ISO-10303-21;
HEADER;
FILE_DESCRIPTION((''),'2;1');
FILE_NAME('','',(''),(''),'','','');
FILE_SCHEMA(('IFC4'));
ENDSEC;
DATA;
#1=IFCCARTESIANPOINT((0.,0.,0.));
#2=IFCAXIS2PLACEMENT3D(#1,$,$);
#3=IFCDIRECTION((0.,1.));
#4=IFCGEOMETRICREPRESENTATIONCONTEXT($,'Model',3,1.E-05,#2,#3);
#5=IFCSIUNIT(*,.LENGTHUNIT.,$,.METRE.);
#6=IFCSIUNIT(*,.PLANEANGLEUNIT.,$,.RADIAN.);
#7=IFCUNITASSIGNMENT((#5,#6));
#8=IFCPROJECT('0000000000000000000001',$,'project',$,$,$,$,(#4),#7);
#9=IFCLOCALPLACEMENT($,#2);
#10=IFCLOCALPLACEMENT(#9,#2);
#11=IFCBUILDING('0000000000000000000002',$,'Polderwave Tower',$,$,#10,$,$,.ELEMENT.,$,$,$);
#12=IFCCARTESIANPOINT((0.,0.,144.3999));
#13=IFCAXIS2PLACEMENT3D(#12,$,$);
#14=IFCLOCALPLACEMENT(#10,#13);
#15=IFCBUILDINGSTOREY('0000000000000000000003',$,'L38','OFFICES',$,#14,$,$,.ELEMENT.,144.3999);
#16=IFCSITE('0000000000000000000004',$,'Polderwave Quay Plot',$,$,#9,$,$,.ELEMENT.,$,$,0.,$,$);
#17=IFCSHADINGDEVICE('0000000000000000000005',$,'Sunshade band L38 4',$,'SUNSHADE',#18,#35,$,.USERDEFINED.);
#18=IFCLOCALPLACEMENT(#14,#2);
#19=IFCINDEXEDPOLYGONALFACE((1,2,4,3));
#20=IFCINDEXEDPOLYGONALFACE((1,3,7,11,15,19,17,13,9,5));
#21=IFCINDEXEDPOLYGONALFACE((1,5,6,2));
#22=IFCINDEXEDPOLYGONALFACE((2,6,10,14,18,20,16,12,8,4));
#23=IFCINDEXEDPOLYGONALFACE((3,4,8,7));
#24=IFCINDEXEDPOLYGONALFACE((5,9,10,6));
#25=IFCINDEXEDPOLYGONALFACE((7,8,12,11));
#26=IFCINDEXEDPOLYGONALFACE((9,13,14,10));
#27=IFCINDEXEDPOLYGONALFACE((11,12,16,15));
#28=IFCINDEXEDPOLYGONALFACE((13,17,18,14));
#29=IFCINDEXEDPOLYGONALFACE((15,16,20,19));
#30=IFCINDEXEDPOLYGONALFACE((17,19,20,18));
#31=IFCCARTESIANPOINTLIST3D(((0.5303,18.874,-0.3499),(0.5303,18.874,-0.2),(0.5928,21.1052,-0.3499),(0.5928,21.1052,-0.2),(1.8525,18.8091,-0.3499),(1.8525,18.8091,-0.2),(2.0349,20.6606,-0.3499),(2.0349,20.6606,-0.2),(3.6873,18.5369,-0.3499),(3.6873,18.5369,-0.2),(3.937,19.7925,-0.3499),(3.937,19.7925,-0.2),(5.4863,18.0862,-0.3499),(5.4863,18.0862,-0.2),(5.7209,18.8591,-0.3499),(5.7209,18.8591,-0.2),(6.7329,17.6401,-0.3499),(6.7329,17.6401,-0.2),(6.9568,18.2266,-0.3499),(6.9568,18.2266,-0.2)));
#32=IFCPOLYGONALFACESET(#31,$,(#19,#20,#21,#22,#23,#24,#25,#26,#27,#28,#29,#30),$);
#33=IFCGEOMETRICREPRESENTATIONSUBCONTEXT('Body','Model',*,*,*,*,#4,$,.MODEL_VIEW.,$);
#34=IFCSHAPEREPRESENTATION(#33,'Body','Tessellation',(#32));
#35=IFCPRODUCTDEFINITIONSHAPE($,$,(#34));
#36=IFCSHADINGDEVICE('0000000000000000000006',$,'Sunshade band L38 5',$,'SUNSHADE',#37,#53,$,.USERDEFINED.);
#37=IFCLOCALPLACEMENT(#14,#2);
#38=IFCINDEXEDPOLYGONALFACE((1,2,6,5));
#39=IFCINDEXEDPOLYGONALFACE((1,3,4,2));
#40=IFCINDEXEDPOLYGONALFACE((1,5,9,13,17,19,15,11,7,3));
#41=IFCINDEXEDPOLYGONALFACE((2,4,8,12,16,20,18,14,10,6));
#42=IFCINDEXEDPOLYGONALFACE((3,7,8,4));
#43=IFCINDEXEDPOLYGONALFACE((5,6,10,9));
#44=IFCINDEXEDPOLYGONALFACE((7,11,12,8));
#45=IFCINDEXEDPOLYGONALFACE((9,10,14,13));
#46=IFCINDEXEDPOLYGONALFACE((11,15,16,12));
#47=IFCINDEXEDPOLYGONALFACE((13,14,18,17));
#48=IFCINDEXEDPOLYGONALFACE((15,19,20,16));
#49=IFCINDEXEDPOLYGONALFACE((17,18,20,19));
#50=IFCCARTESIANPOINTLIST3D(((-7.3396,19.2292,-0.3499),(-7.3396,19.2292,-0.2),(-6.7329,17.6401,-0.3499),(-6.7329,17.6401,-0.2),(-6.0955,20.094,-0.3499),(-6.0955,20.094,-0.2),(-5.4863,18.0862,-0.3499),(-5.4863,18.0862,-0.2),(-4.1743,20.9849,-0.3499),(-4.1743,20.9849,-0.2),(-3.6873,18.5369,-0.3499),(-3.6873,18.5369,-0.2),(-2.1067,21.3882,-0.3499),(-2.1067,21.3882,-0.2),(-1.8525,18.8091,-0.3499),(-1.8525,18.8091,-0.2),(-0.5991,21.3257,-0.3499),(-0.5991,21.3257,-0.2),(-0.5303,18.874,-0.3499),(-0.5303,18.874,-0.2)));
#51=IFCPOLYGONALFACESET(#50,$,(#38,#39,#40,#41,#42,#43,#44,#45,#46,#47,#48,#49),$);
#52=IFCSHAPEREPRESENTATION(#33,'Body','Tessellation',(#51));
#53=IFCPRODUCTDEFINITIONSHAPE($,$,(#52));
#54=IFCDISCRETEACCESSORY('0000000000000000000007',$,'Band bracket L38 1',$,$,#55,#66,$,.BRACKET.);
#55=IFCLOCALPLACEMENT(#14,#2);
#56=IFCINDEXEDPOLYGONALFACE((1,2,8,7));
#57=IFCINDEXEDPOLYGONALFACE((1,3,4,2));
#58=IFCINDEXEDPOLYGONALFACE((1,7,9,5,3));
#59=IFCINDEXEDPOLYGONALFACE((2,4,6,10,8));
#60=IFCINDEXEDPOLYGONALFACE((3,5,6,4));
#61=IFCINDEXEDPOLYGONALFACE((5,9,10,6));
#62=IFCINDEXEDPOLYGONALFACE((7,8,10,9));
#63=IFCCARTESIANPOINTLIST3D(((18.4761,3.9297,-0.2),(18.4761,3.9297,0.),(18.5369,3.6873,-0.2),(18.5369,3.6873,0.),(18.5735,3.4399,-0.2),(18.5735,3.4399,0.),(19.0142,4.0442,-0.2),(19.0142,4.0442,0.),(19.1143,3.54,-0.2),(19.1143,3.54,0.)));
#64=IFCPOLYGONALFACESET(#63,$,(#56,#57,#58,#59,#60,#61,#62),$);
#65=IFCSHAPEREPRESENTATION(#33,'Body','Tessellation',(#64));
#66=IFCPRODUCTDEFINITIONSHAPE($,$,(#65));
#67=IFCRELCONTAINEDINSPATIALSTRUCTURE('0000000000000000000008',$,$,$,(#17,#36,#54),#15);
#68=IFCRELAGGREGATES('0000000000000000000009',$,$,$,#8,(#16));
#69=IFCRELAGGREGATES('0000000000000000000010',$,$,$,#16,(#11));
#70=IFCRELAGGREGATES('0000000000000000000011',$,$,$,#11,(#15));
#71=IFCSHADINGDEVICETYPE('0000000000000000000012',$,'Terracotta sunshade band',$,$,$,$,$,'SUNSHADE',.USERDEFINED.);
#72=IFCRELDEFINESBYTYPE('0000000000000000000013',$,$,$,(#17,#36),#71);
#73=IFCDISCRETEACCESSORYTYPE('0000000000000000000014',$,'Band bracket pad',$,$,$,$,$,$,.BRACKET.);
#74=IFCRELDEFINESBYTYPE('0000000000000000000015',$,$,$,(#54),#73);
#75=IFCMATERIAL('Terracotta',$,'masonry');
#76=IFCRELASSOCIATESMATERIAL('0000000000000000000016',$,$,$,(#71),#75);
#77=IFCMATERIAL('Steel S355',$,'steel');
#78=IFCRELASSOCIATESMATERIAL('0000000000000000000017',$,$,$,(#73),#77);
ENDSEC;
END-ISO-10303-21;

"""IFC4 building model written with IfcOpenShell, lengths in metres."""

from ifc_helpers import new_model, si_unit, direction, frame, origin, place, context, subcontext, project, spatial, polyline, outline, extrude, material, type_object, element, save


model = new_model("IFC4")

# Units and contexts
model_context = context("Model", 3, precision=1e-05, world=origin(), true_north=direction((0.0, 1.0)))
body_context = subcontext(model_context, "Body", "Model", "MODEL_VIEW")
ifc_project = project(units=[si_unit("LENGTHUNIT", "METRE"), si_unit("PLANEANGLEUNIT", "RADIAN")], contexts=[model_context])

# Site, building, storey
site_placement = place(None, origin())
site = spatial("IfcSite", under=ifc_project, at=site_placement, Name="Polderwave Quay Plot", CompositionType="ELEMENT", RefElevation=0.0)
building_placement = place(site_placement, origin())
building = spatial("IfcBuilding", under=site, at=building_placement, Name="Polderwave Tower", CompositionType="ELEMENT")
storey_placement = place(building_placement, frame((0.0, 0.0, 144.3999)))
storey = spatial("IfcBuildingStorey", under=building, at=storey_placement, Name="L38", Description="OFFICES", CompositionType="ELEMENT", Elevation=144.3999)

# Shading devices
ifc_material_1 = material(Name="Terracotta", Category="masonry")
shading_device_type = type_object("IfcShadingDeviceType", Name="Terracotta sunshade band", ElementType="SUNSHADE", PredefinedType="USERDEFINED", material=ifc_material_1)
shading_device_1_placement = place(storey_placement, frame((0.0, 0.0, -0.3499)))
element("IfcShadingDevice", 1, at=shading_device_1_placement, inside=storey, type_object=shading_device_type, Name="Sunshade band L38 4", ObjectType="SUNSHADE", PredefinedType="USERDEFINED", context=body_context, shape_type="SweptSolid", body=[
    extrude(outline(polyline([(6.7329, 17.6401), (5.4863, 18.0862), (3.6873, 18.5369), (1.8525, 18.8091), (0.5303, 18.874), (0.5928, 21.1052), (2.0349, 20.6606), (3.937, 19.7925), (5.7209, 18.8591), (6.9568, 18.2266), (6.7329, 17.6401)])), origin(), (0.0, 0.0, 1.0), 0.1499),
])
shading_device_2_placement = place(storey_placement, frame((0.0, 0.0, -0.3499)))
element("IfcShadingDevice", 2, at=shading_device_2_placement, inside=storey, type_object=shading_device_type, Name="Sunshade band L38 5", ObjectType="SUNSHADE", PredefinedType="USERDEFINED", context=body_context, shape_type="SweptSolid", body=[
    extrude(outline(polyline([(-0.5303, 18.874), (-1.8525, 18.8091), (-3.6873, 18.5369), (-5.4863, 18.0862), (-6.7329, 17.6401), (-7.3396, 19.2292), (-6.0955, 20.094), (-4.1743, 20.9849), (-2.1067, 21.3882), (-0.5991, 21.3257), (-0.5303, 18.874)])), origin(), (0.0, 0.0, 1.0), 0.1499),
])

# Discrete accessory
ifc_material_2 = material(Name="Steel S355", Category="steel")
discrete_accessory_type = type_object("IfcDiscreteAccessoryType", Name="Band bracket pad", PredefinedType="BRACKET", material=ifc_material_2)
discrete_accessory_placement = place(storey_placement, frame((0.0, 0.0, -0.2)))
element("IfcDiscreteAccessory", 3, at=discrete_accessory_placement, inside=storey, type_object=discrete_accessory_type, Name="Band bracket L38 1", PredefinedType="BRACKET", context=body_context, shape_type="SweptSolid", body=[
    extrude(outline(polyline([(18.5735, 3.4399), (18.5369, 3.6873), (18.4761, 3.9297), (19.0142, 4.0442), (19.1143, 3.54), (18.5735, 3.4399)])), origin(), (0.0, 0.0, 1.0), 0.2),
])

save(model, "model.ifc")
